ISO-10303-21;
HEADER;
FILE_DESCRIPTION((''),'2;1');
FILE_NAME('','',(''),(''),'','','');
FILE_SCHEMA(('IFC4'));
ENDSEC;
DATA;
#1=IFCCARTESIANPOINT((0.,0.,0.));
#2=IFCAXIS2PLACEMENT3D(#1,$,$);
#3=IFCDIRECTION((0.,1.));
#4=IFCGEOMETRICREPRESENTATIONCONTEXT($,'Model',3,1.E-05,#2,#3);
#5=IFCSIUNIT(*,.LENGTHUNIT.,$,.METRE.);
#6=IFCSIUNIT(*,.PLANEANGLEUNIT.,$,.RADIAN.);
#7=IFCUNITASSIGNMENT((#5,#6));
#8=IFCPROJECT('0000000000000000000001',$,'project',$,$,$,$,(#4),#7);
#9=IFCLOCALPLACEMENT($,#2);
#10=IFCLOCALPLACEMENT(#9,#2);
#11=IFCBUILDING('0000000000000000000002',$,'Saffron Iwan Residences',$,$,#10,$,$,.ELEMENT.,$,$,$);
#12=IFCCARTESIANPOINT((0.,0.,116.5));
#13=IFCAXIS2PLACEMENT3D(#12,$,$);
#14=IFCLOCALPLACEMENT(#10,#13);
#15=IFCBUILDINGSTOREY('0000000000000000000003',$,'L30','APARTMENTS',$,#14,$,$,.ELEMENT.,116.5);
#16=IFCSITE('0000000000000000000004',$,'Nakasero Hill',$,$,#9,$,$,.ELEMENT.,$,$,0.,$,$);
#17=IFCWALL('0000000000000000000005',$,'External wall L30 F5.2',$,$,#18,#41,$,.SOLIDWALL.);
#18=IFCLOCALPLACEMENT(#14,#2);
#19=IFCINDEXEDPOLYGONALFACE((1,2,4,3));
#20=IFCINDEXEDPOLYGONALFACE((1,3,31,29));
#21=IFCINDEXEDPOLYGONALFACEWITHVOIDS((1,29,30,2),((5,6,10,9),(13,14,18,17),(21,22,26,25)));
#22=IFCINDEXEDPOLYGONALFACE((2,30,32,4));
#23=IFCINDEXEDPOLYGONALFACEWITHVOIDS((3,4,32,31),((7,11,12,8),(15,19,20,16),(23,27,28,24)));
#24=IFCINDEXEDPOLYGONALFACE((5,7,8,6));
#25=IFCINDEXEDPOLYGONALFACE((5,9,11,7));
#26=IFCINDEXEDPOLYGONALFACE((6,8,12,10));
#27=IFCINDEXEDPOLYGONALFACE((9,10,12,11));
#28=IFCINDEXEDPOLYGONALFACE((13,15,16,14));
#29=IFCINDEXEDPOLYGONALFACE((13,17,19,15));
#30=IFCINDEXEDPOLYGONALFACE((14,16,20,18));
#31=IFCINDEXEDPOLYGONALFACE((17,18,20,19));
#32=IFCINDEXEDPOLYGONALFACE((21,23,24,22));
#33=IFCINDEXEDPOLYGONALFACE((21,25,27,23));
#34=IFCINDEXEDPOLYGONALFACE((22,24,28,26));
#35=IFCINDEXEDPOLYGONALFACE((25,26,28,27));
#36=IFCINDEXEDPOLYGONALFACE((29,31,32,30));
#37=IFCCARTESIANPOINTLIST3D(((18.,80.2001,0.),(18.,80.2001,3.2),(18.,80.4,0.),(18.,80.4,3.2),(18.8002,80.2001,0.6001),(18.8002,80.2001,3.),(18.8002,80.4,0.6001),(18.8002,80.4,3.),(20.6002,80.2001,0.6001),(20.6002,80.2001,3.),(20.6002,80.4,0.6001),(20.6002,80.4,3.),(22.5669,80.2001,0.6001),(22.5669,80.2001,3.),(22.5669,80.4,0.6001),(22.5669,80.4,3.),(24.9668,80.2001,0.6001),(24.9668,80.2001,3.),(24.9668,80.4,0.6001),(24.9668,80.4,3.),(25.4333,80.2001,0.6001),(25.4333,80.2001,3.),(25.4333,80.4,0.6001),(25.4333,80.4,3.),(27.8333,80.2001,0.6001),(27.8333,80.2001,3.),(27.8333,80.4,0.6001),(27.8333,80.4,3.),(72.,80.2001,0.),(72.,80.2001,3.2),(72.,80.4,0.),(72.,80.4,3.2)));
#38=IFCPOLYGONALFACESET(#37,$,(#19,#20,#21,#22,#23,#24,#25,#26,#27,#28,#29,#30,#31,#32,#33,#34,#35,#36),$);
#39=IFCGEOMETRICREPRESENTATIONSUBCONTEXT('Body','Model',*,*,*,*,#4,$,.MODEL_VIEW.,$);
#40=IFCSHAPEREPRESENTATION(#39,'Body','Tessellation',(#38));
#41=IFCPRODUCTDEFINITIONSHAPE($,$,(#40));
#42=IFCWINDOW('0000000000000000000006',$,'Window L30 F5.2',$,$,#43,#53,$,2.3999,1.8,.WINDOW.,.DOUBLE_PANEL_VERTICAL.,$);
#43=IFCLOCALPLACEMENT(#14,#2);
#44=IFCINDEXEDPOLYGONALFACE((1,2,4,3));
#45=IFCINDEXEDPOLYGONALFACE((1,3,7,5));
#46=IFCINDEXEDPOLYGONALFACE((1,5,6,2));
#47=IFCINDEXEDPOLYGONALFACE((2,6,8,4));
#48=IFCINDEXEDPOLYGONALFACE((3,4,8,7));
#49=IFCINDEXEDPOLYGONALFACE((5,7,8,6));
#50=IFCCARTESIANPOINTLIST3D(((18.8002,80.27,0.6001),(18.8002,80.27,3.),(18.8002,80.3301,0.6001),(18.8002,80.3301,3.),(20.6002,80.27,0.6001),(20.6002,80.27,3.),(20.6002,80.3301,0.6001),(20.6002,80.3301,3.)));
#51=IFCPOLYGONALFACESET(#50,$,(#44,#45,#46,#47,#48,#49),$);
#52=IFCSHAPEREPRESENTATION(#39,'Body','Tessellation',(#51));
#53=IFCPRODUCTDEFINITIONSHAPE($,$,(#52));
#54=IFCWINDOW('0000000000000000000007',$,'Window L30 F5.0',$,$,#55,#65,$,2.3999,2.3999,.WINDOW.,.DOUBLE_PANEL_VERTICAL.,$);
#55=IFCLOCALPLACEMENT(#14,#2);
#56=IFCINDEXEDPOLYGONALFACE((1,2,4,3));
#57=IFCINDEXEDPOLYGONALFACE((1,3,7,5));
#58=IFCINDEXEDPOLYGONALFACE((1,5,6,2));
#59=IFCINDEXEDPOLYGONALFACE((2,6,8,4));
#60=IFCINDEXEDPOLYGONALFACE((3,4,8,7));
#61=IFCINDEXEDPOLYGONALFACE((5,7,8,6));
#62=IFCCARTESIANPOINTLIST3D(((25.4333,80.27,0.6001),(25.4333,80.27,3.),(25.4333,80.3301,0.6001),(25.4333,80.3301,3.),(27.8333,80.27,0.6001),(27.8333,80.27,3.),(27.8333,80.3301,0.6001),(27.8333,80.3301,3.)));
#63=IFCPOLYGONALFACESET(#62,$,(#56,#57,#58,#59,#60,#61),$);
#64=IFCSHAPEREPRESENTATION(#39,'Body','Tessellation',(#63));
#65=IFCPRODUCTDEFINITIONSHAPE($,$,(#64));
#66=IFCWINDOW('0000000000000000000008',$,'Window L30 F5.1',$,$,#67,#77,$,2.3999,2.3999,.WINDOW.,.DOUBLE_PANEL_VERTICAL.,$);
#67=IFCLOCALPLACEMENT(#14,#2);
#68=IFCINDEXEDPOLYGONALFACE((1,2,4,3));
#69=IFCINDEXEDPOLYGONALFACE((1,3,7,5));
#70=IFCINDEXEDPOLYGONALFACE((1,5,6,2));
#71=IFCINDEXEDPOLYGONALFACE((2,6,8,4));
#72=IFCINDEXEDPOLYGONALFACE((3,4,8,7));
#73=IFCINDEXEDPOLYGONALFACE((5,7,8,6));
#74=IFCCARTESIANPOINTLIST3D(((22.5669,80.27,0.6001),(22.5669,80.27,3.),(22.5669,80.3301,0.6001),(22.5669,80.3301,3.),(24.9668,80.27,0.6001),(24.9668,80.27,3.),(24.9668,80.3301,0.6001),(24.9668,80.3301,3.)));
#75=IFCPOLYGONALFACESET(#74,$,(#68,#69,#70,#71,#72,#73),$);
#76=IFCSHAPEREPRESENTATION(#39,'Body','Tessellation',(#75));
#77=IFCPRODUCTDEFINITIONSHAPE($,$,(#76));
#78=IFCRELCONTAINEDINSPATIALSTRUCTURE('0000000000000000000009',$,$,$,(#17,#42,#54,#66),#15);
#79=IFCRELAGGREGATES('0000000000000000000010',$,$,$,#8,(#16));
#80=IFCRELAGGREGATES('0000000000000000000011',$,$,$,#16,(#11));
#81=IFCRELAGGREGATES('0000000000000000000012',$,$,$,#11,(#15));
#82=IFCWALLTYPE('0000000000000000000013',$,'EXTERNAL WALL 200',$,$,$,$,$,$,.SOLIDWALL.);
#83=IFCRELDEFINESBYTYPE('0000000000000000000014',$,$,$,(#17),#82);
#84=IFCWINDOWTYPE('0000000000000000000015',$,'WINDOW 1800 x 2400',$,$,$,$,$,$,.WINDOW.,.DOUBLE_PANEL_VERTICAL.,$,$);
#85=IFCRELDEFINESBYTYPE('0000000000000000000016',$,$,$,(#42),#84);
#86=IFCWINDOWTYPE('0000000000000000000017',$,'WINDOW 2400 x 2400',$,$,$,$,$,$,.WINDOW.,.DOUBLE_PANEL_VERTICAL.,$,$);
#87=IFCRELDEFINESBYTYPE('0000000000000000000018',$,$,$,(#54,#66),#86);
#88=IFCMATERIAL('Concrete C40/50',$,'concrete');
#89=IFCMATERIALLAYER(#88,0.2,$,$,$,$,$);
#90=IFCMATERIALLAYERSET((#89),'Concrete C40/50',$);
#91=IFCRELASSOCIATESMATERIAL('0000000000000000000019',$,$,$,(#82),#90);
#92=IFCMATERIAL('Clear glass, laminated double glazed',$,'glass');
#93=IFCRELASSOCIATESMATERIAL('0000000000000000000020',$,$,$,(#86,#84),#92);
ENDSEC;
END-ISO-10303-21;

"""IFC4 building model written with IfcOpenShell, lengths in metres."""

from ifc_helpers import new_model, si_unit, direction, frame, frame_2d, origin, place, context, subcontext, project, spatial, rectangle, extrude, material, layer, layer_set, type_object, element, fill, save


model = new_model("IFC4")

# Units and contexts
model_context = context("Model", 3, precision=1e-05, world=origin(), true_north=direction((0.0, 1.0)))
body_context = subcontext(model_context, "Body", "Model", "MODEL_VIEW")
ifc_project = project(units=[si_unit("LENGTHUNIT", "METRE"), si_unit("PLANEANGLEUNIT", "RADIAN")], contexts=[model_context])

# Site, building, storey
site_placement = place(None, origin())
site = spatial("IfcSite", under=ifc_project, at=site_placement, Name="Nakasero Hill", CompositionType="ELEMENT", RefElevation=0.0)
building_placement = place(site_placement, origin())
building = spatial("IfcBuilding", under=site, at=building_placement, Name="Saffron Iwan Residences", CompositionType="ELEMENT")
storey_placement = place(building_placement, frame((0.0, 0.0, 116.5)))
storey = spatial("IfcBuildingStorey", under=building, at=storey_placement, Name="L30", Description="APARTMENTS", CompositionType="ELEMENT", Elevation=116.5)

# Shared definitions
ifc_material_1 = material(Name="Concrete C40/50", Category="concrete")
ifc_layer_1 = layer(ifc_material_1, 0.2)
ifc_layer_set_1 = layer_set([ifc_layer_1], Name="Concrete C40/50")
wall_type_1 = type_object("IfcWallType", Name="EXTERNAL WALL 200", PredefinedType="SOLIDWALL", material=ifc_layer_set_1)
ifc_material_2 = material(Name="Clear glass, laminated double glazed", Category="glass")
window_type_1 = type_object("IfcWindowType", Name="WINDOW 2400 x 2400", PartitioningType="DOUBLE_PANEL_VERTICAL", PredefinedType="WINDOW", material=ifc_material_2)
window_type_2 = type_object("IfcWindowType", Name="WINDOW 1800 x 2400", PartitioningType="DOUBLE_PANEL_VERTICAL", PredefinedType="WINDOW", material=ifc_material_2)

# Wall, openings, windows
wall_1_placement = place(storey_placement, frame((72.0, 80.3, 0.0), z_axis=(0.0, 0.0, 1.0), x_axis=(-1.0, 0.0, 0.0)))
wall_1 = element("IfcWall", 1, at=wall_1_placement, inside=storey, type_object=wall_type_1, Name="External wall L30 F5.2", PredefinedType="SOLIDWALL", context=body_context, shape_type="SweptSolid", body=[
    extrude(rectangle(XDim=54.0, YDim=0.2, at=frame_2d((27.0, 0.0))), origin(), (0.0, 0.0, 1.0), 3.2),
])
opening_1_placement = place(wall_1_placement, frame((44.1667, 0.0, 0.6001)))
opening_1 = element("IfcOpeningElement", 2, at=opening_1_placement, cuts=wall_1, PredefinedType="OPENING", context=body_context, shape_type="SweptSolid", body=[
    extrude(rectangle(XDim=2.3999, YDim=2.3999, at=frame_2d((1.2, 1.2))), frame((0.0, 0.1099, 0.0), z_axis=(0.0, -1.0, 0.0), x_axis=(1.0, 0.0, 0.0)), (0.0, 0.0, 1.0), 0.22),
])
opening_2_placement = place(wall_1_placement, frame((47.0332, 0.0, 0.6001)))
opening_2 = element("IfcOpeningElement", 3, at=opening_2_placement, cuts=wall_1, PredefinedType="OPENING", context=body_context, shape_type="SweptSolid", body=[
    extrude(rectangle(XDim=2.3999, YDim=2.3999, at=frame_2d((1.2, 1.2))), frame((0.0, 0.1099, 0.0), z_axis=(0.0, -1.0, 0.0), x_axis=(1.0, 0.0, 0.0)), (0.0, 0.0, 1.0), 0.22),
])
opening_3_placement = place(wall_1_placement, frame((51.3999, 0.0, 0.6001)))
opening_3 = element("IfcOpeningElement", 4, at=opening_3_placement, cuts=wall_1, PredefinedType="OPENING", context=body_context, shape_type="SweptSolid", body=[
    extrude(rectangle(XDim=1.8, YDim=2.3999, at=frame_2d((0.8999, 1.2))), frame((0.0, 0.1099, 0.0), z_axis=(0.0, -1.0, 0.0), x_axis=(1.0, 0.0, 0.0)), (0.0, 0.0, 1.0), 0.22),
])
window_1_placement = place(opening_3_placement, origin())
window_1 = element("IfcWindow", 5, at=window_1_placement, inside=storey, type_object=window_type_2, Name="Window L30 F5.2", OverallHeight=2.3999, OverallWidth=1.8, PartitioningType="DOUBLE_PANEL_VERTICAL", PredefinedType="WINDOW", context=body_context, shape_type="SweptSolid", body=[
    extrude(rectangle(XDim=1.8, YDim=2.3999, at=frame_2d((0.8999, 1.2))), frame((0.0, 0.03, 0.0), z_axis=(0.0, -1.0, 0.0), x_axis=(1.0, 0.0, 0.0)), (0.0, 0.0, 1.0), 0.0601),
])
fill(opening_3, window_1)
window_2_placement = place(opening_1_placement, origin())
window_2 = element("IfcWindow", 6, at=window_2_placement, inside=storey, type_object=window_type_1, Name="Window L30 F5.0", OverallHeight=2.3999, OverallWidth=2.3999, PartitioningType="DOUBLE_PANEL_VERTICAL", PredefinedType="WINDOW", context=body_context, shape_type="SweptSolid", body=[
    extrude(rectangle(XDim=2.3999, YDim=2.3999, at=frame_2d((1.2, 1.2))), frame((0.0, 0.03, 0.0), z_axis=(0.0, -1.0, 0.0), x_axis=(1.0, 0.0, 0.0)), (0.0, 0.0, 1.0), 0.0601),
])
fill(opening_1, window_2)
window_3_placement = place(opening_2_placement, origin())
window_3 = element("IfcWindow", 7, at=window_3_placement, inside=storey, type_object=window_type_1, Name="Window L30 F5.1", OverallHeight=2.3999, OverallWidth=2.3999, PartitioningType="DOUBLE_PANEL_VERTICAL", PredefinedType="WINDOW", context=body_context, shape_type="SweptSolid", body=[
    extrude(rectangle(XDim=2.3999, YDim=2.3999, at=frame_2d((1.2, 1.2))), frame((0.0, 0.03, 0.0), z_axis=(0.0, -1.0, 0.0), x_axis=(1.0, 0.0, 0.0)), (0.0, 0.0, 1.0), 0.0601),
])
fill(opening_2, window_3)

save(model, "model.ifc")
